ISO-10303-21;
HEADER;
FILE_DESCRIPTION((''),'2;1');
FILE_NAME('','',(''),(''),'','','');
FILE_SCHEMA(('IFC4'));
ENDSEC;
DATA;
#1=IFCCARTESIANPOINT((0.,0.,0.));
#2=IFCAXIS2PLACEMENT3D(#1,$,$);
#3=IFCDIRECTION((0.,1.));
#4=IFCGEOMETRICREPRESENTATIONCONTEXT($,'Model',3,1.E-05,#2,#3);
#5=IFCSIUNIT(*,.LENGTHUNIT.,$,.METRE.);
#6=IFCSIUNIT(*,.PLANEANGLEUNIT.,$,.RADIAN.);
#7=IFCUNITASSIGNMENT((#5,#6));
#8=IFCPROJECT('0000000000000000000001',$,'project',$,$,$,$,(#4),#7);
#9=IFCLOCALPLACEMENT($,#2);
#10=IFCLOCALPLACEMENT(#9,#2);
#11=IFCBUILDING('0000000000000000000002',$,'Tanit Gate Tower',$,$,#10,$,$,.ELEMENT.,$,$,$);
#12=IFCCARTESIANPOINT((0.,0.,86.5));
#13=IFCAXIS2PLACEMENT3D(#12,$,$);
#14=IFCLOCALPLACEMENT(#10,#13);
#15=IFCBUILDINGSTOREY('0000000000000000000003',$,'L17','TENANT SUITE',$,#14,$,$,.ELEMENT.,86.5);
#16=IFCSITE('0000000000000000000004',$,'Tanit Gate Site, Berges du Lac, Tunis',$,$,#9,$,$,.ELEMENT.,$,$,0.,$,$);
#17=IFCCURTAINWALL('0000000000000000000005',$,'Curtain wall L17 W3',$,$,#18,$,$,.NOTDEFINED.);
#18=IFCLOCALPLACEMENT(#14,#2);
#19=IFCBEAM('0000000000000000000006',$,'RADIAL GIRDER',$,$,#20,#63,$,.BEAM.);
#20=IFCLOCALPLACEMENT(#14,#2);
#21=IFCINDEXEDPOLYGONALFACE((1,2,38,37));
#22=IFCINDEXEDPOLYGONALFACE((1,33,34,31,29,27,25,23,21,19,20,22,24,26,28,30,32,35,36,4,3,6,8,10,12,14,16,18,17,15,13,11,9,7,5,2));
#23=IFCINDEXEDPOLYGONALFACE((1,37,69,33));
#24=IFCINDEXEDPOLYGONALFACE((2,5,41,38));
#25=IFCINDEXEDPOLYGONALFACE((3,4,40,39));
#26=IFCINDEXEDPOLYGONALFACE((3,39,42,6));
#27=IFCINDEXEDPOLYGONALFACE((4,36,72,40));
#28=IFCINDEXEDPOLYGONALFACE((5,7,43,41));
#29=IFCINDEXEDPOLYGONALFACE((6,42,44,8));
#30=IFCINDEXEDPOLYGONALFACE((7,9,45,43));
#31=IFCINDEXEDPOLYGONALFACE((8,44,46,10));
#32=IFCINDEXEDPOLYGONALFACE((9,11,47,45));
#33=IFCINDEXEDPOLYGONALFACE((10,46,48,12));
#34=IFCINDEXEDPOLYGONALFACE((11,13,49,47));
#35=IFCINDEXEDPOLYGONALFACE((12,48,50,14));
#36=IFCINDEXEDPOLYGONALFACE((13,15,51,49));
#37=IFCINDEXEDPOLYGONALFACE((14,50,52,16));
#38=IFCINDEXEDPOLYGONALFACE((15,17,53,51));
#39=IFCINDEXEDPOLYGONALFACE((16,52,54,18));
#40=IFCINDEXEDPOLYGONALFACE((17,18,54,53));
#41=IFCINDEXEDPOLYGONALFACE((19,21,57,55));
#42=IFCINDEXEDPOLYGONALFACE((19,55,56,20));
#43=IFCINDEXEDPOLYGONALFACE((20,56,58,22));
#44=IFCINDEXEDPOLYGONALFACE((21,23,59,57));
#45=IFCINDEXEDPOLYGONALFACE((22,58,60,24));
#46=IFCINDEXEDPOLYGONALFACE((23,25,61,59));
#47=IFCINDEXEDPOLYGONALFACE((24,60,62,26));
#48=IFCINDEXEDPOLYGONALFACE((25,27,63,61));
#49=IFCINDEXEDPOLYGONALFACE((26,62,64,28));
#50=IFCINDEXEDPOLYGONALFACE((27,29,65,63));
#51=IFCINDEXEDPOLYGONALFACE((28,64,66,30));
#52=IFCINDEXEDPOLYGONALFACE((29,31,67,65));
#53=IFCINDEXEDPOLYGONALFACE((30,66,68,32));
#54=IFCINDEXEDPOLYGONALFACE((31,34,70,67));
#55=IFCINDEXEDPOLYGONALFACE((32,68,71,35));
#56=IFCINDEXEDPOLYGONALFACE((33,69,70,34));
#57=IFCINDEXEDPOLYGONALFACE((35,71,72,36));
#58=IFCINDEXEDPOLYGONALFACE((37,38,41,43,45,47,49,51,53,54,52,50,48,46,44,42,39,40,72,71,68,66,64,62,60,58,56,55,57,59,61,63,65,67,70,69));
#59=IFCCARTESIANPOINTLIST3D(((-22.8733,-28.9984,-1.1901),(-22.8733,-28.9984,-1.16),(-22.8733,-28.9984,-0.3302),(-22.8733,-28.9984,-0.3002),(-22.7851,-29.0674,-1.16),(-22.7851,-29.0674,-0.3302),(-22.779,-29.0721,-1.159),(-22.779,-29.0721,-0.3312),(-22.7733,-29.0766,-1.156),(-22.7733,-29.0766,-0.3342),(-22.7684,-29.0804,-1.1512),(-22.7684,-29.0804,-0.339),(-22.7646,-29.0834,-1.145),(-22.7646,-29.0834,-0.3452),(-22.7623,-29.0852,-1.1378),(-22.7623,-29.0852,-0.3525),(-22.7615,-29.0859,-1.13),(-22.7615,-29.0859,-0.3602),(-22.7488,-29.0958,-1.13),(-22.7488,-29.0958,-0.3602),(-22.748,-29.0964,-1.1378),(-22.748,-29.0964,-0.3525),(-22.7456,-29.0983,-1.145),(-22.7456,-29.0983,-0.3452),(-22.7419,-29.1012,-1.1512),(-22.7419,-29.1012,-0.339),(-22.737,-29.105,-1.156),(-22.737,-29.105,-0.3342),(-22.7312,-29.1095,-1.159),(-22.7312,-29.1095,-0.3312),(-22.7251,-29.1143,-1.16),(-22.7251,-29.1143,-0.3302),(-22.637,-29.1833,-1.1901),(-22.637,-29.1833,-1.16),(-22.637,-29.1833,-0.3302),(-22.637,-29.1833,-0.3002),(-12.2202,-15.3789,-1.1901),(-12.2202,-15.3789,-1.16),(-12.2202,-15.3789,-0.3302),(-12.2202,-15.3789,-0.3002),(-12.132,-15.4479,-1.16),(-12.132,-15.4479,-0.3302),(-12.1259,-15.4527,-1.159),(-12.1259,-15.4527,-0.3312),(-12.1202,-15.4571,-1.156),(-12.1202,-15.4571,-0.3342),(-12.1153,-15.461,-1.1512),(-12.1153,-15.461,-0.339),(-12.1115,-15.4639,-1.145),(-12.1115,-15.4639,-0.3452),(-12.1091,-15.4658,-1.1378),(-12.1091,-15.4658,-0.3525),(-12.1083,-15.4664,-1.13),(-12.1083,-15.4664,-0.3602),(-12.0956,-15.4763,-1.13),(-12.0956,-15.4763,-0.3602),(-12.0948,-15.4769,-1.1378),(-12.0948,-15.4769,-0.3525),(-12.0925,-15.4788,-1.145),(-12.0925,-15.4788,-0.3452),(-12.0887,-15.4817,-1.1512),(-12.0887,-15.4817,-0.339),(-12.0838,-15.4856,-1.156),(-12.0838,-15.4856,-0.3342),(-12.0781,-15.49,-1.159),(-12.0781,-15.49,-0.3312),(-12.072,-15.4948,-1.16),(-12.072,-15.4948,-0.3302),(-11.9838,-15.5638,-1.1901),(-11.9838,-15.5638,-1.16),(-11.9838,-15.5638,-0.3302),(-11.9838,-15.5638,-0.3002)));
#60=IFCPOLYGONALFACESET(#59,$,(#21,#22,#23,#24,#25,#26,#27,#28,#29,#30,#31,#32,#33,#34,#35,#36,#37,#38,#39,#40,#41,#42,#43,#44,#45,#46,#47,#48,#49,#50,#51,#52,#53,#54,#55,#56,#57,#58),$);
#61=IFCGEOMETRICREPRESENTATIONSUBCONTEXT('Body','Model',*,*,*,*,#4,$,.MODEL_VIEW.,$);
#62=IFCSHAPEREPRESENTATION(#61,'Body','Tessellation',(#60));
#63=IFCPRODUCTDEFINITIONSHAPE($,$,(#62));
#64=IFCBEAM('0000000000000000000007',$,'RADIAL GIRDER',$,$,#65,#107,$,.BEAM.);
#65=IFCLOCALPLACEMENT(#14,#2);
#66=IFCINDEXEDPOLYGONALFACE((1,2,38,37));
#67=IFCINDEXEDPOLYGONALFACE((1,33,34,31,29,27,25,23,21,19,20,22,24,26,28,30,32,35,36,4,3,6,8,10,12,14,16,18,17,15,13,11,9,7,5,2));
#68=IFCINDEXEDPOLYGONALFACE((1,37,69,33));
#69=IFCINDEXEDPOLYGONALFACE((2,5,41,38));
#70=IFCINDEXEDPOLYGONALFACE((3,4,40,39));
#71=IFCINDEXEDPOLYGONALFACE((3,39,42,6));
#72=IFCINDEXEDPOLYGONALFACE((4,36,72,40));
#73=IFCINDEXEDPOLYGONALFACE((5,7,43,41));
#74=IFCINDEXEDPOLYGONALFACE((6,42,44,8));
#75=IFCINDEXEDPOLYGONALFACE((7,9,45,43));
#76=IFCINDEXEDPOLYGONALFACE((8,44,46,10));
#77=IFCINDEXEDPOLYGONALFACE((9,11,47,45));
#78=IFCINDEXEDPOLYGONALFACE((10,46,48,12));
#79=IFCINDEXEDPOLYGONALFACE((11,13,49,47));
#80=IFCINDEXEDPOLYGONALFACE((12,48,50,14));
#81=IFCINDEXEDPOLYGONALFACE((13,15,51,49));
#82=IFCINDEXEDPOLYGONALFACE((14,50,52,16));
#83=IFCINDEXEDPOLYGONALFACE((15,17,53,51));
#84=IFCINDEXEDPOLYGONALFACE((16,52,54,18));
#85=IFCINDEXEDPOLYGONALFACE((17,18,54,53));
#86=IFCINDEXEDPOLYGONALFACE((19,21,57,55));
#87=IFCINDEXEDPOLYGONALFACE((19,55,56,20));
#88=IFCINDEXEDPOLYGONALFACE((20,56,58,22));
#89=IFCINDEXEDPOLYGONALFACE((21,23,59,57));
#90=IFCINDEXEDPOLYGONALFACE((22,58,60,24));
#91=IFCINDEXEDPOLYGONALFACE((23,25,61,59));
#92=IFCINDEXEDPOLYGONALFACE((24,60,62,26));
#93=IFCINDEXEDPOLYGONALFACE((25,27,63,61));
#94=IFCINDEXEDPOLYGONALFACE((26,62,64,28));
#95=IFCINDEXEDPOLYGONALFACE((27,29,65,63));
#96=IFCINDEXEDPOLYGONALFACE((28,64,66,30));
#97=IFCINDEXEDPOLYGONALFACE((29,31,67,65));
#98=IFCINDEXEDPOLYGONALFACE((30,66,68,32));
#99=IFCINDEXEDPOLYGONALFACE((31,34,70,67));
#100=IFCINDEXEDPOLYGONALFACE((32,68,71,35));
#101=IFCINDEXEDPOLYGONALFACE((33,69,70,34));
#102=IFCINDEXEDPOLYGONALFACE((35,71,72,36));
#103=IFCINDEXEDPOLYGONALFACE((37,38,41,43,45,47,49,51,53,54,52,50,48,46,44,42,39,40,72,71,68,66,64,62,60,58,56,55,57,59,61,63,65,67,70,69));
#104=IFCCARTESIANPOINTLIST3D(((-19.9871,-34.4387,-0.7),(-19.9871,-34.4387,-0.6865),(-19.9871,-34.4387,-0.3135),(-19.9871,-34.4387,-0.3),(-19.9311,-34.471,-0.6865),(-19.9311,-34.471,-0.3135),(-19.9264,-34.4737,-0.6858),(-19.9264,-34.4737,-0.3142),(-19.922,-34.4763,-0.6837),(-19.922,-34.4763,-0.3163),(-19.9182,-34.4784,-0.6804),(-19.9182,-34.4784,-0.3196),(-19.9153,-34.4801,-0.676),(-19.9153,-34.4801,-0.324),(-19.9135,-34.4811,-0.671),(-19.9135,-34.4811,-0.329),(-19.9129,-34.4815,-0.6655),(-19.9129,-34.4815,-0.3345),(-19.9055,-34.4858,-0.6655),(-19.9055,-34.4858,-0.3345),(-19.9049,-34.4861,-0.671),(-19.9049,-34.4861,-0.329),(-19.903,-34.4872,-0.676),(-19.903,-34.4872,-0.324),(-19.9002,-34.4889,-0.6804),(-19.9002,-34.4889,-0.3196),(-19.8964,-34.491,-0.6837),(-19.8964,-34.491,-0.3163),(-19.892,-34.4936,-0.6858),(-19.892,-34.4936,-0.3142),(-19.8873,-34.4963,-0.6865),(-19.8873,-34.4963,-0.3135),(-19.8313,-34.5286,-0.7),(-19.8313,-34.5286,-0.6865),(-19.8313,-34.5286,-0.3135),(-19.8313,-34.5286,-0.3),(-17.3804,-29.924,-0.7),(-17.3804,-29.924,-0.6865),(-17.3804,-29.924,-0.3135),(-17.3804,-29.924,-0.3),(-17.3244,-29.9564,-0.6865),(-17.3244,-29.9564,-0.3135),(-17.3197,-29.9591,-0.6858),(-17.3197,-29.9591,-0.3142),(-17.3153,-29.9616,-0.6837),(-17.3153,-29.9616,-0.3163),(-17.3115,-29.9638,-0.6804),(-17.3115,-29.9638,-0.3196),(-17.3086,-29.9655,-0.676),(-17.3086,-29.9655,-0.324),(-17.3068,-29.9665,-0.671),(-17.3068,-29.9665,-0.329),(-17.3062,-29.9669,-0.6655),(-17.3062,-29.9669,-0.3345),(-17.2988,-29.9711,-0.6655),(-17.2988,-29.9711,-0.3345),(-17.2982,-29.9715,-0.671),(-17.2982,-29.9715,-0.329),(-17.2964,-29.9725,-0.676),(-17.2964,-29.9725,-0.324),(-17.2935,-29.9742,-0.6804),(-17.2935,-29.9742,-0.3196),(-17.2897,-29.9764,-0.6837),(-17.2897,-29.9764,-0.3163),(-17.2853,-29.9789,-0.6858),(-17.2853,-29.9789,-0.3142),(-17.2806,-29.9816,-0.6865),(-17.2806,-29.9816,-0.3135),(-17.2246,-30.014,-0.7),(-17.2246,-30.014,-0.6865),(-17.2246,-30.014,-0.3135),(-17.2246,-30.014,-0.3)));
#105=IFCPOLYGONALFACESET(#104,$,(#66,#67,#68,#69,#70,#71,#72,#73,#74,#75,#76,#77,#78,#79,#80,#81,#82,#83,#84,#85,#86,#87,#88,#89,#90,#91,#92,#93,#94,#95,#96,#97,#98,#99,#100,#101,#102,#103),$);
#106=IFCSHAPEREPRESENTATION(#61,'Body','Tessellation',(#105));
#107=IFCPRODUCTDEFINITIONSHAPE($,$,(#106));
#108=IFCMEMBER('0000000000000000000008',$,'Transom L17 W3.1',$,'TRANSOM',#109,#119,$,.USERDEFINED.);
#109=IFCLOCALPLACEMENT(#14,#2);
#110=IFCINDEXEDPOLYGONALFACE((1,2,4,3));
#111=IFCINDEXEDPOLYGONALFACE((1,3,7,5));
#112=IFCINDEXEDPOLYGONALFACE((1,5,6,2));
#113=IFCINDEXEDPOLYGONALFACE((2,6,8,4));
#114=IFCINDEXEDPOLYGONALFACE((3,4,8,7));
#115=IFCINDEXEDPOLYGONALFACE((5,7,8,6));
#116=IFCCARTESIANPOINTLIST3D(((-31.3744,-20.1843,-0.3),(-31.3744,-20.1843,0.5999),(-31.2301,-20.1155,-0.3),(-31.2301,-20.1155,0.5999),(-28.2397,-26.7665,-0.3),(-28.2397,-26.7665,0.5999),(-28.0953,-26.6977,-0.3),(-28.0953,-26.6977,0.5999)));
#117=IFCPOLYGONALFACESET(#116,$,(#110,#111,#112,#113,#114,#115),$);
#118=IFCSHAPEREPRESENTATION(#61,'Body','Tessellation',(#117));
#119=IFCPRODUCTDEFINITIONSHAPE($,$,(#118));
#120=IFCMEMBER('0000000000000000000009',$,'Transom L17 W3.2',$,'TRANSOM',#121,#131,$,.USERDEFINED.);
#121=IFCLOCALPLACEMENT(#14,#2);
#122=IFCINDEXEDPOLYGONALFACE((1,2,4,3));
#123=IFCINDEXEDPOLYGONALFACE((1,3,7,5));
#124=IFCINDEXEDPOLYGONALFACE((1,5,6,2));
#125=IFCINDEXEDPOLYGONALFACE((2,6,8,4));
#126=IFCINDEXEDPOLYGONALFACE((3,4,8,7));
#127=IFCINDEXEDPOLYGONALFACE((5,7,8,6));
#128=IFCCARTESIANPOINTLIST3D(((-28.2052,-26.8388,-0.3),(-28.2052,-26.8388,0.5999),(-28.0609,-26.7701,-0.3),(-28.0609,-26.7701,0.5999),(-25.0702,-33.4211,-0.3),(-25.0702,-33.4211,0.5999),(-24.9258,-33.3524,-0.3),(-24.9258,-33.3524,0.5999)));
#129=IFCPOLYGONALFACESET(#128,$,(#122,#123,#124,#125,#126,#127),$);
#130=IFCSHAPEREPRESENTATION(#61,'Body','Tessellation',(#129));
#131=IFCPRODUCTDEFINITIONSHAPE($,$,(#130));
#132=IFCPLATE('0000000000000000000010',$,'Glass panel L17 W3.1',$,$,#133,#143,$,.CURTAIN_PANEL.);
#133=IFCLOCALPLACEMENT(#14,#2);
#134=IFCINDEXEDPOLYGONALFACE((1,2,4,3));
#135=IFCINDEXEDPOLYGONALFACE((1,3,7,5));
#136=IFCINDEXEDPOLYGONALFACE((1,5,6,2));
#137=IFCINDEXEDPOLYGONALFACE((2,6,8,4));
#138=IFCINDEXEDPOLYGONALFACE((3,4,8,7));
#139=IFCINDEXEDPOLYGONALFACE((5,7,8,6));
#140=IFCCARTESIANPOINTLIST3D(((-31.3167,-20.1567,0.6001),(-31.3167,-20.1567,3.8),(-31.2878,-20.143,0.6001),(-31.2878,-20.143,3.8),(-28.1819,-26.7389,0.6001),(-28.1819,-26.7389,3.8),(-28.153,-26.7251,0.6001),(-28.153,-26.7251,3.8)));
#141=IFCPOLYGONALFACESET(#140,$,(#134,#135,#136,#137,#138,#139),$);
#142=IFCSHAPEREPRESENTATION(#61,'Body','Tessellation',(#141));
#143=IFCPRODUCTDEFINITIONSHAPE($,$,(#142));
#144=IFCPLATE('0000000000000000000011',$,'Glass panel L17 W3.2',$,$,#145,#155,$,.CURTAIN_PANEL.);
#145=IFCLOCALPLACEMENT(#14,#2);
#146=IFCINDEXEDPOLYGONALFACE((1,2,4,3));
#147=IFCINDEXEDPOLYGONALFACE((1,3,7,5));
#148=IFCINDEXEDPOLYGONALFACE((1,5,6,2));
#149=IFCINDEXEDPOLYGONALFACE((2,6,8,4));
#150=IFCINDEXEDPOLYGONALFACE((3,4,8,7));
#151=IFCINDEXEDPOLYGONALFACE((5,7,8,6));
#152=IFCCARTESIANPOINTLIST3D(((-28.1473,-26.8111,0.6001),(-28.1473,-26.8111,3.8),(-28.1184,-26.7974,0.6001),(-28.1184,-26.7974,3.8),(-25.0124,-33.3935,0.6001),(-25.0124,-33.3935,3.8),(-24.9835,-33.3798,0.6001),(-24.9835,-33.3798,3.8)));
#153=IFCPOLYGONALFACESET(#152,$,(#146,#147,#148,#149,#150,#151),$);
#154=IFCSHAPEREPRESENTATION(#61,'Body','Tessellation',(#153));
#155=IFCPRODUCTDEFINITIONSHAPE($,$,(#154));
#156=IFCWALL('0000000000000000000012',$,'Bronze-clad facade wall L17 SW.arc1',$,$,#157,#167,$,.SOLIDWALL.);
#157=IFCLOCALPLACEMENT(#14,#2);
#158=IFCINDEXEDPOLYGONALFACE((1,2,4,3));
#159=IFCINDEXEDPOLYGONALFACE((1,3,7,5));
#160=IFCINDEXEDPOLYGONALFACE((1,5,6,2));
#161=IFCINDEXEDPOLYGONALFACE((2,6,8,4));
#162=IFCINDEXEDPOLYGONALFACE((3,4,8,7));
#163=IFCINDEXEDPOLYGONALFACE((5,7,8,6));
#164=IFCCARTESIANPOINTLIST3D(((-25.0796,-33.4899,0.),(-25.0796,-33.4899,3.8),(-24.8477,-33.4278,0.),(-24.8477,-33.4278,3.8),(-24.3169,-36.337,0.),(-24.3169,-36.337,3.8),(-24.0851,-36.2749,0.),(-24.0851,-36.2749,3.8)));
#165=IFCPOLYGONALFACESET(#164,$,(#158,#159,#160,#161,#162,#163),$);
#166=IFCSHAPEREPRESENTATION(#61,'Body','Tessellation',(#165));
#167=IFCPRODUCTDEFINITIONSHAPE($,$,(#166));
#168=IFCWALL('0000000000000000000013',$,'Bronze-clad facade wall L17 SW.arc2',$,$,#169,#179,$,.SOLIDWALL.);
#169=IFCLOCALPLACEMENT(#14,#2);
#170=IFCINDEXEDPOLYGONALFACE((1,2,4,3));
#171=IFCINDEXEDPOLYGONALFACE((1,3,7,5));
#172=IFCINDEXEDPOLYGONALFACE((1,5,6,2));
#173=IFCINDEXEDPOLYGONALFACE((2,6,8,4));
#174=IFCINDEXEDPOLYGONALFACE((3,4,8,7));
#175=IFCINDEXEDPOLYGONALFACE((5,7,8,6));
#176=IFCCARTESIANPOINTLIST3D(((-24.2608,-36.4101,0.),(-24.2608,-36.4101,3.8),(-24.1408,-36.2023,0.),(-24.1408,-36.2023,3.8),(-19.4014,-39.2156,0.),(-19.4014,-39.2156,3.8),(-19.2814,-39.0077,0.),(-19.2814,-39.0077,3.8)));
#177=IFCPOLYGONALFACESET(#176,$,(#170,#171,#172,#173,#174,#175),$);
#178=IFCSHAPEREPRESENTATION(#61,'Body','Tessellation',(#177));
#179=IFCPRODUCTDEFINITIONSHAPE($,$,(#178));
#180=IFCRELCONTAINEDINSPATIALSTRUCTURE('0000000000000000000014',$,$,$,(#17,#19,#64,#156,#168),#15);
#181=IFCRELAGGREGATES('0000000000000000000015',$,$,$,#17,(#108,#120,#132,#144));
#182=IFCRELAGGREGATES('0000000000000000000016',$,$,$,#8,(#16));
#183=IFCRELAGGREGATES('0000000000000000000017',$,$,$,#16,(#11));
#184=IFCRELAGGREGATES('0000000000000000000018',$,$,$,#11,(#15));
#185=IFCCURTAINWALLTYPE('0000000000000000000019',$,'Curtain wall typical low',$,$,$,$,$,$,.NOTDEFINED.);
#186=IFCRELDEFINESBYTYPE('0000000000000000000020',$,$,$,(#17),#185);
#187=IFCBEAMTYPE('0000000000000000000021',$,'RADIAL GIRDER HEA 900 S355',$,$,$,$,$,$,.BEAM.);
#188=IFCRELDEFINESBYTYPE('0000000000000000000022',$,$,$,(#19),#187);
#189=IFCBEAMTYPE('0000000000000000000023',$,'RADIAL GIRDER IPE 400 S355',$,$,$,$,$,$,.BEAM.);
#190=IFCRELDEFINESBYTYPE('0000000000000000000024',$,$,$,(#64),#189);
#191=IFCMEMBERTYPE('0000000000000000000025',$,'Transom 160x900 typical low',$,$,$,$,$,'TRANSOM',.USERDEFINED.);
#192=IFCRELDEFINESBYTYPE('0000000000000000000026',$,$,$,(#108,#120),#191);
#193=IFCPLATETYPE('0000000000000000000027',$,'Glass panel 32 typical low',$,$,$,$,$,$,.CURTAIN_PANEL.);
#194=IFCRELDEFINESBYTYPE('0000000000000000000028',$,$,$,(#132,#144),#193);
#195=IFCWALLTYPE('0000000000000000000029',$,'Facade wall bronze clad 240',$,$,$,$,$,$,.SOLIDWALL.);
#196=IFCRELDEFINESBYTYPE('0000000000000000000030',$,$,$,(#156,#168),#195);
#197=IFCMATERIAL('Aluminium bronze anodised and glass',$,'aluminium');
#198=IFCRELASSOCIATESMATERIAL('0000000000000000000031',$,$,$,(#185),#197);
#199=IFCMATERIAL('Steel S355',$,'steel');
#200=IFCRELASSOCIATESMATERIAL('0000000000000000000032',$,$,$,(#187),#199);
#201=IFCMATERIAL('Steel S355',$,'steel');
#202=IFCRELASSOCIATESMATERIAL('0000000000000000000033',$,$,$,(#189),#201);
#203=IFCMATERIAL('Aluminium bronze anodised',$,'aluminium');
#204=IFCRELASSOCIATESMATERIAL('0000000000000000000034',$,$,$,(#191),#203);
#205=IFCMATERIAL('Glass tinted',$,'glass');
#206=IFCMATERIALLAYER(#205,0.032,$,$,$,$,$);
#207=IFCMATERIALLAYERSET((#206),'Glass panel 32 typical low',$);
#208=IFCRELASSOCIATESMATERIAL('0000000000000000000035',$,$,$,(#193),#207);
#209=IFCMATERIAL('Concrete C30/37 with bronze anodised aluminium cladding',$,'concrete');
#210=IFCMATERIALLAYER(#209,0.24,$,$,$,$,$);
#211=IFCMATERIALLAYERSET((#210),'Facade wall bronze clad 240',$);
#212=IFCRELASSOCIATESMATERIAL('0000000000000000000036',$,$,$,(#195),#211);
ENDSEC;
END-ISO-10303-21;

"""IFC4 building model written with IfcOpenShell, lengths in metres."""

from ifc_helpers import new_model, si_unit, direction, frame, frame_2d, origin, origin_2d, place, context, subcontext, project, spatial, rectangle, i_section, extrude, material, layer, layer_set, material_profile, profile_set, type_object, element, aggregate, save


model = new_model("IFC4")

# Units and contexts
model_context = context("Model", 3, precision=1e-05, world=origin(), true_north=direction((0.0, 1.0)))
body_context = subcontext(model_context, "Body", "Model", "MODEL_VIEW")
ifc_project = project(units=[si_unit("LENGTHUNIT", "METRE"), si_unit("PLANEANGLEUNIT", "RADIAN")], contexts=[model_context])

# Site, building, storey
site_placement = place(None, origin())
site = spatial("IfcSite", under=ifc_project, at=site_placement, Name="Tanit Gate Site, Berges du Lac, Tunis", CompositionType="ELEMENT", RefElevation=0.0)
building_placement = place(site_placement, origin())
building = spatial("IfcBuilding", under=site, at=building_placement, Name="Tanit Gate Tower", CompositionType="ELEMENT")
storey_placement = place(building_placement, frame((0.0, 0.0, 86.5)))
storey = spatial("IfcBuildingStorey", under=building, at=storey_placement, Name="L17", Description="TENANT SUITE", CompositionType="ELEMENT", Elevation=86.5)

# Curtain wall
ifc_material_1 = material(Name="Aluminium bronze anodised and glass", Category="aluminium")
curtain_wall_type = type_object("IfcCurtainWallType", Name="Curtain wall typical low", PredefinedType="NOTDEFINED", material=ifc_material_1)
curtain_wall_1_placement = place(storey_placement, origin())
curtain_wall_1 = element("IfcCurtainWall", 1, at=curtain_wall_1_placement, inside=storey, type_object=curtain_wall_type, Name="Curtain wall L17 W3", PredefinedType="NOTDEFINED")

# Beams
ifc_material_2 = material(Name="Steel S355", Category="steel")
ifc_material_profile_1 = material_profile(ifc_material_2, i_section(OverallWidth=0.3, OverallDepth=0.8899, WebThickness=0.0161, FlangeThickness=0.03, FilletRadius=0.03, at=origin_2d()), Name="HEA 900")
ifc_profile_set_1 = profile_set([ifc_material_profile_1], Name="Steel S355")
beam_type_1 = type_object("IfcBeamType", Name="RADIAL GIRDER HEA 900 S355", PredefinedType="BEAM", material=ifc_profile_set_1)
beam_1_placement = place(storey_placement, frame((-22.7551, -29.0908, -0.7451), z_axis=(0.616108, 0.787661, 0.0), x_axis=(-0.787661, 0.616108, 0.0)))
element("IfcBeam", 2, at=beam_1_placement, inside=storey, type_object=beam_type_1, Name="RADIAL GIRDER", PredefinedType="BEAM", context=body_context, shape_type="SweptSolid", body=[
    extrude(i_section(OverallWidth=0.3, OverallDepth=0.8899, WebThickness=0.0161, FlangeThickness=0.03, FilletRadius=0.03, at=origin_2d()), origin(), (0.0, 0.0, 1.0), 17.291),
])
ifc_material_3 = material(Name="Steel S355", Category="steel")
ifc_material_profile_2 = material_profile(ifc_material_3, i_section(OverallWidth=0.1799, OverallDepth=0.3999, WebThickness=0.0085, FlangeThickness=0.0134, FilletRadius=0.021, at=origin_2d()), Name="IPE 400")
ifc_profile_set_2 = profile_set([ifc_material_profile_2], Name="Steel S355")
beam_type_2 = type_object("IfcBeamType", Name="RADIAL GIRDER IPE 400 S355", PredefinedType="BEAM", material=ifc_profile_set_2)
beam_2_placement = place(storey_placement, frame((-19.9092, -34.4836, -0.5), z_axis=(0.500022, 0.866012, 0.0), x_axis=(-0.866012, 0.500022, 0.0)))
element("IfcBeam", 3, at=beam_2_placement, inside=storey, type_object=beam_type_2, Name="RADIAL GIRDER", PredefinedType="BEAM", context=body_context, shape_type="SweptSolid", body=[
    extrude(i_section(OverallWidth=0.1799, OverallDepth=0.3999, WebThickness=0.0085, FlangeThickness=0.0134, FilletRadius=0.021, at=origin_2d()), origin(), (0.0, 0.0, 1.0), 5.2131),
])

# Members
ifc_material_4 = material(Name="Aluminium bronze anodised", Category="aluminium")
ifc_material_profile_3 = material_profile(ifc_material_4, rectangle(XDim=0.1599, YDim=0.8999, at=origin_2d()), Name="160x900 bronze transom")
ifc_profile_set_3 = profile_set([ifc_material_profile_3], Name="Aluminium bronze anodised")
member_type_1 = type_object("IfcMemberType", Name="Transom 160x900 typical low", ElementType="TRANSOM", PredefinedType="USERDEFINED", material=ifc_profile_set_3)
member_1_placement = place(storey_placement, frame((-31.3022, -20.1499, 0.1499), z_axis=(0.429973, -0.902842, 0.0), x_axis=(0.902842, 0.429973, 0.0)))
member_1 = element("IfcMember", 4, at=member_1_placement, type_object=member_type_1, Name="Transom L17 W3.1", ObjectType="TRANSOM", PredefinedType="USERDEFINED", context=body_context, shape_type="SweptSolid", body=[
    extrude(rectangle(XDim=0.1599, YDim=0.8999, at=origin_2d()), origin(), (0.0, 0.0, 1.0), 7.2905),
])
member_2_placement = place(storey_placement, frame((-28.1331, -26.8044, 0.1499), z_axis=(0.43, -0.902829, 0.0), x_axis=(0.902829, 0.43, 0.0)))
member_2 = element("IfcMember", 5, at=member_2_placement, type_object=member_type_1, Name="Transom L17 W3.2", ObjectType="TRANSOM", PredefinedType="USERDEFINED", context=body_context, shape_type="SweptSolid", body=[
    extrude(rectangle(XDim=0.1599, YDim=0.8999, at=origin_2d()), origin(), (0.0, 0.0, 1.0), 7.2908),
])

# Plates
ifc_material_5 = material(Name="Glass tinted", Category="glass")
ifc_layer_1 = layer(ifc_material_5, 0.032)
ifc_layer_set_1 = layer_set([ifc_layer_1], Name="Glass panel 32 typical low")
plate_type = type_object("IfcPlateType", Name="Glass panel 32 typical low", PredefinedType="CURTAIN_PANEL", material=ifc_layer_set_1)
plate_1_placement = place(storey_placement, frame((-29.7349, -23.4409, 0.6001), z_axis=(0.0, 0.0, 1.0), x_axis=(0.429981, -0.902838, 0.0)))
plate_1 = element("IfcPlate", 6, at=plate_1_placement, type_object=plate_type, Name="Glass panel L17 W3.1", PredefinedType="CURTAIN_PANEL", context=body_context, shape_type="SweptSolid", body=[
    extrude(rectangle(XDim=7.2905, YDim=0.032, at=origin_2d()), origin(), (0.0, 0.0, 1.0), 3.2),
])
plate_2_placement = place(storey_placement, frame((-26.5654, -30.0955, 0.6001), z_axis=(0.0, 0.0, 1.0), x_axis=(0.429981, -0.902838, 0.0)))
plate_2 = element("IfcPlate", 7, at=plate_2_placement, type_object=plate_type, Name="Glass panel L17 W3.2", PredefinedType="CURTAIN_PANEL", context=body_context, shape_type="SweptSolid", body=[
    extrude(rectangle(XDim=7.2908, YDim=0.032, at=origin_2d()), origin(), (0.0, 0.0, 1.0), 3.2),
])
aggregate(curtain_wall_1, [member_1, member_2, plate_1, plate_2])

# Walls
ifc_material_6 = material(Name="Concrete C30/37 with bronze anodised aluminium cladding", Category="concrete")
ifc_layer_2 = layer(ifc_material_6, 0.24)
ifc_layer_set_2 = layer_set([ifc_layer_2], Name="Facade wall bronze clad 240")
wall_type_1 = type_object("IfcWallType", Name="Facade wall bronze clad 240", PredefinedType="SOLIDWALL", material=ifc_layer_set_2)
wall_1_placement = place(storey_placement, frame((-24.9636, -33.459, 0.0), z_axis=(0.0, 0.0, 1.0), x_axis=(0.258755, -0.965943, 0.0)))
element("IfcWall", 8, at=wall_1_placement, inside=storey, type_object=wall_type_1, Name="Bronze-clad facade wall L17 SW.arc1", PredefinedType="SOLIDWALL", context=body_context, shape_type="SweptSolid", body=[
    extrude(rectangle(XDim=2.9475, YDim=0.24, at=frame_2d((1.4736, 0.0))), origin(), (0.0, 0.0, 1.0), 3.8),
])
wall_2_placement = place(storey_placement, frame((-24.2009, -36.3062, 0.0), z_axis=(0.0, 0.0, 1.0), x_axis=(0.866036, -0.499981, 0.0)))
element("IfcWall", 9, at=wall_2_placement, inside=storey, type_object=wall_type_1, Name="Bronze-clad facade wall L17 SW.arc2", PredefinedType="SOLIDWALL", context=body_context, shape_type="SweptSolid", body=[
    extrude(rectangle(XDim=5.6111, YDim=0.24, at=frame_2d((2.8057, 0.0))), origin(), (0.0, 0.0, 1.0), 3.8),
])

save(model, "model.ifc")
